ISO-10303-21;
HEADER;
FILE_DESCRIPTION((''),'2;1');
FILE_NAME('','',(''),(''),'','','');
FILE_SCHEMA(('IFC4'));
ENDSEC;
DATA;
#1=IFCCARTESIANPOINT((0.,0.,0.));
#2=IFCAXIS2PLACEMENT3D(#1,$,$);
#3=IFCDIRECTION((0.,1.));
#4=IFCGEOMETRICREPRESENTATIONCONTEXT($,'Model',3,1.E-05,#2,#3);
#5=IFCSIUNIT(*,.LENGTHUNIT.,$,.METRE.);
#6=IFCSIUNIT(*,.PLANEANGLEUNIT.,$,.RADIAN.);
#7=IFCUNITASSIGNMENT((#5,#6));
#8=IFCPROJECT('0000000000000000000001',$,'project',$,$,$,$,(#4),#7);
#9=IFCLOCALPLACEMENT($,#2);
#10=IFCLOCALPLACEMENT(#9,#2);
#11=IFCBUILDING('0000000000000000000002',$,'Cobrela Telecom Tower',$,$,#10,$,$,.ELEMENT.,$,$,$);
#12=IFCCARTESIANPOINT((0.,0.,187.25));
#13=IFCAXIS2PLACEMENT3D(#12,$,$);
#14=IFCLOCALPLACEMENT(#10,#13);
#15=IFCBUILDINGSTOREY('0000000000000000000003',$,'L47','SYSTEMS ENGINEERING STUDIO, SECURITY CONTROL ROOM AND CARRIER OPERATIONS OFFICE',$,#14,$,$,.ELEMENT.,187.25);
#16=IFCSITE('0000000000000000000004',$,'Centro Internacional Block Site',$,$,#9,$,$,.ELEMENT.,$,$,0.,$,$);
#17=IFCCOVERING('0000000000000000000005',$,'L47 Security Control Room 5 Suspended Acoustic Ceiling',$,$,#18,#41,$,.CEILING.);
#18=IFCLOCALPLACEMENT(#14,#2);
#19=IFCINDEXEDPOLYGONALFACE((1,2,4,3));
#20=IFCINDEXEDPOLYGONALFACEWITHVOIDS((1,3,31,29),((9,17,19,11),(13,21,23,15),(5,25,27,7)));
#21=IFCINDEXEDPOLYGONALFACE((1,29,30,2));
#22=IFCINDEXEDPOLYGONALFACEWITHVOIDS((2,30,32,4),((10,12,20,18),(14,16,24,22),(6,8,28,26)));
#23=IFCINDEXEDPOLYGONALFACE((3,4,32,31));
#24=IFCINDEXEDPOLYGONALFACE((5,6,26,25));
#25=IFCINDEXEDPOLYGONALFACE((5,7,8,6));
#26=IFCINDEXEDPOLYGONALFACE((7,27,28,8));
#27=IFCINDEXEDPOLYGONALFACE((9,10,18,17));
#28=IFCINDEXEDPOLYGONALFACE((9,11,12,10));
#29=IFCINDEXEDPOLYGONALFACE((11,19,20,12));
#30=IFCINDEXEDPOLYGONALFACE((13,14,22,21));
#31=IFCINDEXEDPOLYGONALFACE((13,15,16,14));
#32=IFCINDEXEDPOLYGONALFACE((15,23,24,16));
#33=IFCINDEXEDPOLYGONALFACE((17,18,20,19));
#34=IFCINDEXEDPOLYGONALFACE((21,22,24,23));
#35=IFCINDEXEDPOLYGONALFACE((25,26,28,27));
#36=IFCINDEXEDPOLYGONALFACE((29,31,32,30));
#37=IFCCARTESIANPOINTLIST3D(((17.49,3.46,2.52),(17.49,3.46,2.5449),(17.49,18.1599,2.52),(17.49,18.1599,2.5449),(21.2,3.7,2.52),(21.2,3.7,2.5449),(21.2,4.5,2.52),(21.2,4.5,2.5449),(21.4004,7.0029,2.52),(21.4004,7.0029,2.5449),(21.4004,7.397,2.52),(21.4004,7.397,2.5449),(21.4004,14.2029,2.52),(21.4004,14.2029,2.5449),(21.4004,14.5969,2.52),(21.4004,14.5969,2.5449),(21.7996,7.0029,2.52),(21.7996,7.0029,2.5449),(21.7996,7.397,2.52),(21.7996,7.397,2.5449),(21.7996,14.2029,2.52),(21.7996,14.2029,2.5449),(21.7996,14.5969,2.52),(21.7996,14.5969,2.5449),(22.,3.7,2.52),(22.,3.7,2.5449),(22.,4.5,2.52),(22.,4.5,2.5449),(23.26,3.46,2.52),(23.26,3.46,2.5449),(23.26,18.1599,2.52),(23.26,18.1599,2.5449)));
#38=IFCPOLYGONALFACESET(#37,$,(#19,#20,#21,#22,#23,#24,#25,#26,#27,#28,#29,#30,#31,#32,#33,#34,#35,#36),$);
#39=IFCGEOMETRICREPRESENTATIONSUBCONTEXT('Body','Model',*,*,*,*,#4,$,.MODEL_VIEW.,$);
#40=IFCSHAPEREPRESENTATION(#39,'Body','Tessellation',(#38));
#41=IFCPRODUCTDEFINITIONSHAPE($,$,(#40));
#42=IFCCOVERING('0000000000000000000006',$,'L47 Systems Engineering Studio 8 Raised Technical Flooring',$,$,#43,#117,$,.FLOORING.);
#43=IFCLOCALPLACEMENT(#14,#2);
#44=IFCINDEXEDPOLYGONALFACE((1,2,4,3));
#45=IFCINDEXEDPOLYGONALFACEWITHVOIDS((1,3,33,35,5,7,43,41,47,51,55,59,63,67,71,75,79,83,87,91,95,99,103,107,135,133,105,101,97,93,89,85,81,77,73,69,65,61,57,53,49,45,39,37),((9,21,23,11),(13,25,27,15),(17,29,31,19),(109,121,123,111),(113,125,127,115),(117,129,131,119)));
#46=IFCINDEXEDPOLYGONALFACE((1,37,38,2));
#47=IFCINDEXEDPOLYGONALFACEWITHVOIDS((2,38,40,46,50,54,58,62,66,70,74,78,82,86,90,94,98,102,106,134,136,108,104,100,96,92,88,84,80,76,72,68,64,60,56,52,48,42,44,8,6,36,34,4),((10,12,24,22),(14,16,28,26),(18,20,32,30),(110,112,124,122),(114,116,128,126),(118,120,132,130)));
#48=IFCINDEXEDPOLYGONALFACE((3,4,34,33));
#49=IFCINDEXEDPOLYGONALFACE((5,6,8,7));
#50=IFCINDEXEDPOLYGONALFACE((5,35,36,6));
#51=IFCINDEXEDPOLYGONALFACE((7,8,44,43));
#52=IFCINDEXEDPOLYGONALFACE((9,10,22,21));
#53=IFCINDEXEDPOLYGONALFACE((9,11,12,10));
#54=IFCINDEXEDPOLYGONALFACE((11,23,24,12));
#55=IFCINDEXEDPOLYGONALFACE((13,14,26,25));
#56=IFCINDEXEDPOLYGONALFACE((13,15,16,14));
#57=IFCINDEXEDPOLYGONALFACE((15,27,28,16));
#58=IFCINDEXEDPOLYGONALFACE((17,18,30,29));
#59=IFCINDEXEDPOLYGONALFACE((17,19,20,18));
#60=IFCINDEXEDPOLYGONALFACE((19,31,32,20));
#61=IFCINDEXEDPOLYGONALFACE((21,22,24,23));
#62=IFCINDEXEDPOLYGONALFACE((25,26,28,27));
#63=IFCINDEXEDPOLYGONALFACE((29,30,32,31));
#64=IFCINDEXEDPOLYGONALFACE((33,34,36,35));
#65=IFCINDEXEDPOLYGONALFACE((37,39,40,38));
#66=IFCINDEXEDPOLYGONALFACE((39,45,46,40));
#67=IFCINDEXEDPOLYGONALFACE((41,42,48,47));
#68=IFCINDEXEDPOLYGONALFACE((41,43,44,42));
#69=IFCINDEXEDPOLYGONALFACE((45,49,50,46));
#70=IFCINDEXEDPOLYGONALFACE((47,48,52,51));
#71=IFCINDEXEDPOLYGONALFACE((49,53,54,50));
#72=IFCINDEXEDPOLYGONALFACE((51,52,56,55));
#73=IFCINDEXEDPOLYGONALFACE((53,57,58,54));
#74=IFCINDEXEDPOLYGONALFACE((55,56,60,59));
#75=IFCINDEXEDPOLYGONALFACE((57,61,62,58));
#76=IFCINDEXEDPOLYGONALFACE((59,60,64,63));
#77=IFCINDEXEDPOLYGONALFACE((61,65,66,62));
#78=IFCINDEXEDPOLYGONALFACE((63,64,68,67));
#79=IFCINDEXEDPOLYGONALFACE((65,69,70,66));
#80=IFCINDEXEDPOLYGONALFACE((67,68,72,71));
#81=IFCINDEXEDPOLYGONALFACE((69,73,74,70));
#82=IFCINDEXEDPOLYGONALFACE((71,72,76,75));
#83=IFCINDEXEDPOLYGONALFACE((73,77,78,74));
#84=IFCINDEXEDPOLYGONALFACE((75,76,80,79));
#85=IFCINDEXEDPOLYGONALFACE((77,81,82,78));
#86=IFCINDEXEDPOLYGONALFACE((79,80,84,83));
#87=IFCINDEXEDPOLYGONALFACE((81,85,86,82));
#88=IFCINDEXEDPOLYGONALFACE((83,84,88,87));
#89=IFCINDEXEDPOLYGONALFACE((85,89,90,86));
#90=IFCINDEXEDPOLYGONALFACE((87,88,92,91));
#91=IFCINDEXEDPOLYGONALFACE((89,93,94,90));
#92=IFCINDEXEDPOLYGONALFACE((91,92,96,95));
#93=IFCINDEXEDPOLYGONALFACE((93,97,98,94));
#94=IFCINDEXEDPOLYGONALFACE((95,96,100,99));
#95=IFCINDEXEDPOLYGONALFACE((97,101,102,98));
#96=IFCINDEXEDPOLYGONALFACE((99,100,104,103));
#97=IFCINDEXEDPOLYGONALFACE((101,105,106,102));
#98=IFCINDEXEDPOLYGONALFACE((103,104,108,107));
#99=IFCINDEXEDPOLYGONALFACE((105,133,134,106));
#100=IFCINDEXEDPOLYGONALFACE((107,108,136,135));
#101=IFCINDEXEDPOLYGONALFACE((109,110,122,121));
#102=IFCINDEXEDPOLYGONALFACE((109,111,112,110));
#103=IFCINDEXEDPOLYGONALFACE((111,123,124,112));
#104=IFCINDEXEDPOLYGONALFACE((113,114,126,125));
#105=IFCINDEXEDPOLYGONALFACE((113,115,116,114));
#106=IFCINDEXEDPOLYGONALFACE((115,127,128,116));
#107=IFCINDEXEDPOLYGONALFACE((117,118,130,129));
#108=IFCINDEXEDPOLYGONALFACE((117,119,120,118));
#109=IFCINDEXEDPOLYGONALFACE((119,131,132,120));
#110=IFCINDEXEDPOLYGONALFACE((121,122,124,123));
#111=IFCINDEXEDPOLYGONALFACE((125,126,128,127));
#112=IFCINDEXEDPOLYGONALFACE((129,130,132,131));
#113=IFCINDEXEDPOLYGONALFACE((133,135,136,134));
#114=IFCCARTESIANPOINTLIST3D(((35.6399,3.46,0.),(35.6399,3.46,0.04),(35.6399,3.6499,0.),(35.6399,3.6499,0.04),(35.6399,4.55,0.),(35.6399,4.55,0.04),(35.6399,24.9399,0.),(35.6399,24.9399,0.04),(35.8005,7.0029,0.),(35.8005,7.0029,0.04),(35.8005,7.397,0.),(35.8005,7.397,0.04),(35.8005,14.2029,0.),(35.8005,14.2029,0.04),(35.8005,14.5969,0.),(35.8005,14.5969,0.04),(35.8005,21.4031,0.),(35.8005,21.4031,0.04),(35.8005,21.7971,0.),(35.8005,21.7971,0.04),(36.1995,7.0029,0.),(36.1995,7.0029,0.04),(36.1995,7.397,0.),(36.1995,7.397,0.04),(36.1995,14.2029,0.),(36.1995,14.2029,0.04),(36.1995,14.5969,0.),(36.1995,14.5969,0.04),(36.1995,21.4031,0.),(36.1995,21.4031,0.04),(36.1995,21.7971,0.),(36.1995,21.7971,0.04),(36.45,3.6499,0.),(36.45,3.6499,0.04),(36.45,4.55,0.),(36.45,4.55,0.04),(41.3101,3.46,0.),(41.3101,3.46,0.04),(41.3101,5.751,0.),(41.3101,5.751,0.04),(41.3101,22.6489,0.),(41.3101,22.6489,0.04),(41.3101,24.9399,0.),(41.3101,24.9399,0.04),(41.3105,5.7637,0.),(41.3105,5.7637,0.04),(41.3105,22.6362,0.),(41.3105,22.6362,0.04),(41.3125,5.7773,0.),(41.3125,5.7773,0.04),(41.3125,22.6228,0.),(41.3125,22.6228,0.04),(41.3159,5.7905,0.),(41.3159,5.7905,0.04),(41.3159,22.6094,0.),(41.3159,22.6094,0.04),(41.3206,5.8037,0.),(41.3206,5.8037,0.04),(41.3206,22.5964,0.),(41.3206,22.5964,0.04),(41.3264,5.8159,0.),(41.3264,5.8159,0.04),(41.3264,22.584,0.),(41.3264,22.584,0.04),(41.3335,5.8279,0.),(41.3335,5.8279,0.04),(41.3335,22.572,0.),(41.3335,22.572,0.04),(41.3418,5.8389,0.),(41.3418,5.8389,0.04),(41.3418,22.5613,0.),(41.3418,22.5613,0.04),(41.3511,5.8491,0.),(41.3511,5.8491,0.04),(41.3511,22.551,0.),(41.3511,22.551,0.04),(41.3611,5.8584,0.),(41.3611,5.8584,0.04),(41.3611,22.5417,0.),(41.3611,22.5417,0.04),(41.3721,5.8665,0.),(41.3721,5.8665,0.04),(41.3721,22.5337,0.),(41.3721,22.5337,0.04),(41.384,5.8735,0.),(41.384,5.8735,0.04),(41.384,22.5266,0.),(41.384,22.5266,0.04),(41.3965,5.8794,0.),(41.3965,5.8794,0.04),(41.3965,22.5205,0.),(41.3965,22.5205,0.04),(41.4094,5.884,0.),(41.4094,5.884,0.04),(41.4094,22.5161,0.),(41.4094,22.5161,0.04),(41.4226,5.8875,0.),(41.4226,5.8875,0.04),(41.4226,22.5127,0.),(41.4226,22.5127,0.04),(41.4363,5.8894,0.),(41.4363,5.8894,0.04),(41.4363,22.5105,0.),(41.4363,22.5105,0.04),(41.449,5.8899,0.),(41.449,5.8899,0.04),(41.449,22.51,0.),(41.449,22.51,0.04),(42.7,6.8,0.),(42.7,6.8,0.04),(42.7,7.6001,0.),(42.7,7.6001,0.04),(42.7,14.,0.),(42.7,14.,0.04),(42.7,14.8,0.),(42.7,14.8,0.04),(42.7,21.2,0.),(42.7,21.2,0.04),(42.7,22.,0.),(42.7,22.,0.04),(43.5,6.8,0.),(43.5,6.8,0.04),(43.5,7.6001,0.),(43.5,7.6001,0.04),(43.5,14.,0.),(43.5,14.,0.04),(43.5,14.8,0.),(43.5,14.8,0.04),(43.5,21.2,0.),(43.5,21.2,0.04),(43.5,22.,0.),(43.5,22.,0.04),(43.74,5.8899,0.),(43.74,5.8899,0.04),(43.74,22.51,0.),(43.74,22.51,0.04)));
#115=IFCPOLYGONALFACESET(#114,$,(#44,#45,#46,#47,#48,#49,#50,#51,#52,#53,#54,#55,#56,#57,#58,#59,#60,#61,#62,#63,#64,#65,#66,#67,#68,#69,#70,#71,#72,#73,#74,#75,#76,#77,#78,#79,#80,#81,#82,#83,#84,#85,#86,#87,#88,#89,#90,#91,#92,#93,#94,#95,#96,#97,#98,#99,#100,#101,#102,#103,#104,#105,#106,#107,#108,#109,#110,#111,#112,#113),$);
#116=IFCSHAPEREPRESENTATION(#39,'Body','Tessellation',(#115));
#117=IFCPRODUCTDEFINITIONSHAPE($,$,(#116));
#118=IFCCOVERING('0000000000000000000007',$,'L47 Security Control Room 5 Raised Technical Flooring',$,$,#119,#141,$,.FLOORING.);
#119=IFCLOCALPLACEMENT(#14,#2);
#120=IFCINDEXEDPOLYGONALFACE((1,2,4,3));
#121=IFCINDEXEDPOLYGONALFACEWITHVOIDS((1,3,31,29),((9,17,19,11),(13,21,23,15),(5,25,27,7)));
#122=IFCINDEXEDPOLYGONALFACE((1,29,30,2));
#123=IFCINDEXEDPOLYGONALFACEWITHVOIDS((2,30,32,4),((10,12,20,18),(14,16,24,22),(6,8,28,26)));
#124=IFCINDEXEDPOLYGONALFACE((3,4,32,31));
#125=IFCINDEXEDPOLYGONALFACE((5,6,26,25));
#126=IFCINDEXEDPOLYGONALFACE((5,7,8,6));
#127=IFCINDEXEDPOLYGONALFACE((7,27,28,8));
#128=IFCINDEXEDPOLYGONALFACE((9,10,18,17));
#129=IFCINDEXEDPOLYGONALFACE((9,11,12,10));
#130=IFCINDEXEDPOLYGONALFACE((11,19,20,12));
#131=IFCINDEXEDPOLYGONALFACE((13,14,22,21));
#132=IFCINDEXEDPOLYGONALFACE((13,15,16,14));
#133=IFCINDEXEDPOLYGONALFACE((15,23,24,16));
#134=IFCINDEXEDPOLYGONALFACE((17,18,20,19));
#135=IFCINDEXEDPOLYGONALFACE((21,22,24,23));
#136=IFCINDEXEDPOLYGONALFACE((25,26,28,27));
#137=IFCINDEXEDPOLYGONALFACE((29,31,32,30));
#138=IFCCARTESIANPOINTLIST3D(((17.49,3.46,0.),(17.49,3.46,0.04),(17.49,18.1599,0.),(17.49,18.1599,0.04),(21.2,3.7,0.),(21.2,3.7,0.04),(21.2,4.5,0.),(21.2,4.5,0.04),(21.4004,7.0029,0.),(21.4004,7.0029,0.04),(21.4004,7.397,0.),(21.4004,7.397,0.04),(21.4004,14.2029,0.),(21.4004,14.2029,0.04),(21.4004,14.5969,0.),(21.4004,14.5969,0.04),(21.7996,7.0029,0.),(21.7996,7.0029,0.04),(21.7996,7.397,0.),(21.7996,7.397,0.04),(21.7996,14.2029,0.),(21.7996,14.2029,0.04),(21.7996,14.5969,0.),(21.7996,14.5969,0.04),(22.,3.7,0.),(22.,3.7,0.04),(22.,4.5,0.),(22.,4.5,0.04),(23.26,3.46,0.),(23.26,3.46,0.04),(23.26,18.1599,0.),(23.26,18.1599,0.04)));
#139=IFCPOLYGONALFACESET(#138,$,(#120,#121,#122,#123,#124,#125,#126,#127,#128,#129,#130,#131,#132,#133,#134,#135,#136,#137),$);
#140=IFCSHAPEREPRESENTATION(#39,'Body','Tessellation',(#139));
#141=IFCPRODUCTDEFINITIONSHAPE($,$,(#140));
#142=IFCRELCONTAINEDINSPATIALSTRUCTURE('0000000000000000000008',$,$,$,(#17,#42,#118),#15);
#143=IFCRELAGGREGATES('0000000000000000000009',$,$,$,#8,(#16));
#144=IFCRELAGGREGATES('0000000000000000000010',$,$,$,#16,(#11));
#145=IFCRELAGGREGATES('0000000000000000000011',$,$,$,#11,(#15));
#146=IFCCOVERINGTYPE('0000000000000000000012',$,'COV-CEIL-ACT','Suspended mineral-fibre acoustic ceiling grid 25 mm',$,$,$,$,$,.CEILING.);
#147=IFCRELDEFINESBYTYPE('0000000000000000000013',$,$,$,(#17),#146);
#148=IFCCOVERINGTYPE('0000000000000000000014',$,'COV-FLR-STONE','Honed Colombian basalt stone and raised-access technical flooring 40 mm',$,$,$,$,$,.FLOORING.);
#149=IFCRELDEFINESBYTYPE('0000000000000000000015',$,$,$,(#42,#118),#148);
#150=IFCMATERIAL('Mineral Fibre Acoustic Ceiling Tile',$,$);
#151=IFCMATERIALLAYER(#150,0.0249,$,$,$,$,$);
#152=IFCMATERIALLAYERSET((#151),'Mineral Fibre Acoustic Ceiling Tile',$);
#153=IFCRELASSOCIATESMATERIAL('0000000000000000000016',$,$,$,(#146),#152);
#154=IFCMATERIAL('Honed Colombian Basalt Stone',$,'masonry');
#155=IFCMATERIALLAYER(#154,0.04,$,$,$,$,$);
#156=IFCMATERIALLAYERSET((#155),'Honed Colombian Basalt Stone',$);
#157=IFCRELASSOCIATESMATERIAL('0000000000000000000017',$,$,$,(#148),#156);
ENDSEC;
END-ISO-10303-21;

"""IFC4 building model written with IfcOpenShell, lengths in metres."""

from ifc_helpers import new_model, si_unit, direction, frame, origin, place, context, subcontext, project, spatial, polyline, outline, extrude, material, layer, layer_set, type_object, element, save


model = new_model("IFC4")

# Units and contexts
model_context = context("Model", 3, precision=1e-05, world=origin(), true_north=direction((0.0, 1.0)))
body_context = subcontext(model_context, "Body", "Model", "MODEL_VIEW")
ifc_project = project(units=[si_unit("LENGTHUNIT", "METRE"), si_unit("PLANEANGLEUNIT", "RADIAN")], contexts=[model_context])

# Site, building, storey
site_placement = place(None, origin())
site = spatial("IfcSite", under=ifc_project, at=site_placement, Name="Centro Internacional Block Site", CompositionType="ELEMENT", RefElevation=0.0)
building_placement = place(site_placement, origin())
building = spatial("IfcBuilding", under=site, at=building_placement, Name="Cobrela Telecom Tower", CompositionType="ELEMENT")
storey_placement = place(building_placement, frame((0.0, 0.0, 187.25)))
storey = spatial("IfcBuildingStorey", under=building, at=storey_placement, Name="L47", Description="SYSTEMS ENGINEERING STUDIO, SECURITY CONTROL ROOM AND CARRIER OPERATIONS OFFICE", CompositionType="ELEMENT", Elevation=187.25)

# Coverings
ifc_material_1 = material(Name="Mineral Fibre Acoustic Ceiling Tile")
ifc_layer_1 = layer(ifc_material_1, 0.0249)
ifc_layer_set_1 = layer_set([ifc_layer_1], Name="Mineral Fibre Acoustic Ceiling Tile")
covering_type_1 = type_object("IfcCoveringType", Name="COV-CEIL-ACT", Description="Suspended mineral-fibre acoustic ceiling grid 25 mm", PredefinedType="CEILING", material=ifc_layer_set_1)
covering_1_placement = place(storey_placement, frame((0.0, 0.0, 2.52)))
element("IfcCovering", 1, at=covering_1_placement, inside=storey, type_object=covering_type_1, Name="L47 Security Control Room 5 Suspended Acoustic Ceiling", PredefinedType="CEILING", context=body_context, shape_type="SweptSolid", body=[
    extrude(outline(polyline([(23.26, 3.46), (17.49, 3.46), (17.49, 18.1599), (23.26, 18.1599), (23.26, 3.46)]), holes=[polyline([(22.0, 4.5), (21.2, 4.5), (21.2, 3.7), (22.0, 3.7), (22.0, 4.5)]), polyline([(21.7996, 7.0029), (21.7996, 7.397), (21.4004, 7.397), (21.4004, 7.0029), (21.7996, 7.0029)]), polyline([(21.7996, 14.5969), (21.4004, 14.5969), (21.4004, 14.2029), (21.7996, 14.2029), (21.7996, 14.5969)])]), origin(), (0.0, 0.0, 1.0), 0.0249),
])
ifc_material_2 = material(Name="Honed Colombian Basalt Stone", Category="masonry")
ifc_layer_2 = layer(ifc_material_2, 0.04)
ifc_layer_set_2 = layer_set([ifc_layer_2], Name="Honed Colombian Basalt Stone")
covering_type_2 = type_object("IfcCoveringType", Name="COV-FLR-STONE", Description="Honed Colombian basalt stone and raised-access technical flooring 40 mm", PredefinedType="FLOORING", material=ifc_layer_set_2)
covering_2_placement = place(storey_placement, origin())
element("IfcCovering", 2, at=covering_2_placement, inside=storey, type_object=covering_type_2, Name="L47 Systems Engineering Studio 8 Raised Technical Flooring", PredefinedType="FLOORING", context=body_context, shape_type="SweptSolid", body=[
    extrude(outline(polyline([(41.4226, 5.8875), (41.4094, 5.884), (41.3965, 5.8794), (41.384, 5.8735), (41.3721, 5.8665), (41.3611, 5.8584), (41.3511, 5.8491), (41.3418, 5.8389), (41.3335, 5.8279), (41.3264, 5.8159), (41.3206, 5.8037), (41.3159, 5.7905), (41.3125, 5.7773), (41.3105, 5.7637), (41.3101, 5.751), (41.3101, 3.46), (35.6399, 3.46), (35.6399, 3.6499), (36.45, 3.6499), (36.45, 4.55), (35.6399, 4.55), (35.6399, 24.9399), (41.3101, 24.9399), (41.3101, 22.6489), (41.3105, 22.6362), (41.3125, 22.6228), (41.3159, 22.6094), (41.3206, 22.5964), (41.3264, 22.584), (41.3335, 22.572), (41.3418, 22.5613), (41.3511, 22.551), (41.3611, 22.5417), (41.3721, 22.5337), (41.384, 22.5266), (41.3965, 22.5205), (41.4094, 22.5161), (41.4226, 22.5127), (41.4363, 22.5105), (41.449, 22.51), (43.74, 22.51), (43.74, 5.8899), (41.449, 5.8899), (41.4363, 5.8894), (41.4226, 5.8875)]), holes=[polyline([(36.1995, 7.0029), (36.1995, 7.397), (35.8005, 7.397), (35.8005, 7.0029), (36.1995, 7.0029)]), polyline([(43.5, 6.8), (43.5, 7.6001), (42.7, 7.6001), (42.7, 6.8), (43.5, 6.8)]), polyline([(36.1995, 14.2029), (36.1995, 14.5969), (35.8005, 14.5969), (35.8005, 14.2029), (36.1995, 14.2029)]), polyline([(43.5, 14.0), (43.5, 14.8), (42.7, 14.8), (42.7, 14.0), (43.5, 14.0)]), polyline([(36.1995, 21.4031), (36.1995, 21.7971), (35.8005, 21.7971), (35.8005, 21.4031), (36.1995, 21.4031)]), polyline([(43.5, 21.2), (43.5, 22.0), (42.7, 22.0), (42.7, 21.2), (43.5, 21.2)])]), origin(), (0.0, 0.0, 1.0), 0.04),
])
covering_3_placement = place(storey_placement, origin())
element("IfcCovering", 3, at=covering_3_placement, inside=storey, type_object=covering_type_2, Name="L47 Security Control Room 5 Raised Technical Flooring", PredefinedType="FLOORING", context=body_context, shape_type="SweptSolid", body=[
    extrude(outline(polyline([(23.26, 3.46), (17.49, 3.46), (17.49, 18.1599), (23.26, 18.1599), (23.26, 3.46)]), holes=[polyline([(22.0, 4.5), (21.2, 4.5), (21.2, 3.7), (22.0, 3.7), (22.0, 4.5)]), polyline([(21.7996, 7.0029), (21.7996, 7.397), (21.4004, 7.397), (21.4004, 7.0029), (21.7996, 7.0029)]), polyline([(21.7996, 14.5969), (21.4004, 14.5969), (21.4004, 14.2029), (21.7996, 14.2029), (21.7996, 14.5969)])]), origin(), (0.0, 0.0, 1.0), 0.04),
])

save(model, "model.ifc")
